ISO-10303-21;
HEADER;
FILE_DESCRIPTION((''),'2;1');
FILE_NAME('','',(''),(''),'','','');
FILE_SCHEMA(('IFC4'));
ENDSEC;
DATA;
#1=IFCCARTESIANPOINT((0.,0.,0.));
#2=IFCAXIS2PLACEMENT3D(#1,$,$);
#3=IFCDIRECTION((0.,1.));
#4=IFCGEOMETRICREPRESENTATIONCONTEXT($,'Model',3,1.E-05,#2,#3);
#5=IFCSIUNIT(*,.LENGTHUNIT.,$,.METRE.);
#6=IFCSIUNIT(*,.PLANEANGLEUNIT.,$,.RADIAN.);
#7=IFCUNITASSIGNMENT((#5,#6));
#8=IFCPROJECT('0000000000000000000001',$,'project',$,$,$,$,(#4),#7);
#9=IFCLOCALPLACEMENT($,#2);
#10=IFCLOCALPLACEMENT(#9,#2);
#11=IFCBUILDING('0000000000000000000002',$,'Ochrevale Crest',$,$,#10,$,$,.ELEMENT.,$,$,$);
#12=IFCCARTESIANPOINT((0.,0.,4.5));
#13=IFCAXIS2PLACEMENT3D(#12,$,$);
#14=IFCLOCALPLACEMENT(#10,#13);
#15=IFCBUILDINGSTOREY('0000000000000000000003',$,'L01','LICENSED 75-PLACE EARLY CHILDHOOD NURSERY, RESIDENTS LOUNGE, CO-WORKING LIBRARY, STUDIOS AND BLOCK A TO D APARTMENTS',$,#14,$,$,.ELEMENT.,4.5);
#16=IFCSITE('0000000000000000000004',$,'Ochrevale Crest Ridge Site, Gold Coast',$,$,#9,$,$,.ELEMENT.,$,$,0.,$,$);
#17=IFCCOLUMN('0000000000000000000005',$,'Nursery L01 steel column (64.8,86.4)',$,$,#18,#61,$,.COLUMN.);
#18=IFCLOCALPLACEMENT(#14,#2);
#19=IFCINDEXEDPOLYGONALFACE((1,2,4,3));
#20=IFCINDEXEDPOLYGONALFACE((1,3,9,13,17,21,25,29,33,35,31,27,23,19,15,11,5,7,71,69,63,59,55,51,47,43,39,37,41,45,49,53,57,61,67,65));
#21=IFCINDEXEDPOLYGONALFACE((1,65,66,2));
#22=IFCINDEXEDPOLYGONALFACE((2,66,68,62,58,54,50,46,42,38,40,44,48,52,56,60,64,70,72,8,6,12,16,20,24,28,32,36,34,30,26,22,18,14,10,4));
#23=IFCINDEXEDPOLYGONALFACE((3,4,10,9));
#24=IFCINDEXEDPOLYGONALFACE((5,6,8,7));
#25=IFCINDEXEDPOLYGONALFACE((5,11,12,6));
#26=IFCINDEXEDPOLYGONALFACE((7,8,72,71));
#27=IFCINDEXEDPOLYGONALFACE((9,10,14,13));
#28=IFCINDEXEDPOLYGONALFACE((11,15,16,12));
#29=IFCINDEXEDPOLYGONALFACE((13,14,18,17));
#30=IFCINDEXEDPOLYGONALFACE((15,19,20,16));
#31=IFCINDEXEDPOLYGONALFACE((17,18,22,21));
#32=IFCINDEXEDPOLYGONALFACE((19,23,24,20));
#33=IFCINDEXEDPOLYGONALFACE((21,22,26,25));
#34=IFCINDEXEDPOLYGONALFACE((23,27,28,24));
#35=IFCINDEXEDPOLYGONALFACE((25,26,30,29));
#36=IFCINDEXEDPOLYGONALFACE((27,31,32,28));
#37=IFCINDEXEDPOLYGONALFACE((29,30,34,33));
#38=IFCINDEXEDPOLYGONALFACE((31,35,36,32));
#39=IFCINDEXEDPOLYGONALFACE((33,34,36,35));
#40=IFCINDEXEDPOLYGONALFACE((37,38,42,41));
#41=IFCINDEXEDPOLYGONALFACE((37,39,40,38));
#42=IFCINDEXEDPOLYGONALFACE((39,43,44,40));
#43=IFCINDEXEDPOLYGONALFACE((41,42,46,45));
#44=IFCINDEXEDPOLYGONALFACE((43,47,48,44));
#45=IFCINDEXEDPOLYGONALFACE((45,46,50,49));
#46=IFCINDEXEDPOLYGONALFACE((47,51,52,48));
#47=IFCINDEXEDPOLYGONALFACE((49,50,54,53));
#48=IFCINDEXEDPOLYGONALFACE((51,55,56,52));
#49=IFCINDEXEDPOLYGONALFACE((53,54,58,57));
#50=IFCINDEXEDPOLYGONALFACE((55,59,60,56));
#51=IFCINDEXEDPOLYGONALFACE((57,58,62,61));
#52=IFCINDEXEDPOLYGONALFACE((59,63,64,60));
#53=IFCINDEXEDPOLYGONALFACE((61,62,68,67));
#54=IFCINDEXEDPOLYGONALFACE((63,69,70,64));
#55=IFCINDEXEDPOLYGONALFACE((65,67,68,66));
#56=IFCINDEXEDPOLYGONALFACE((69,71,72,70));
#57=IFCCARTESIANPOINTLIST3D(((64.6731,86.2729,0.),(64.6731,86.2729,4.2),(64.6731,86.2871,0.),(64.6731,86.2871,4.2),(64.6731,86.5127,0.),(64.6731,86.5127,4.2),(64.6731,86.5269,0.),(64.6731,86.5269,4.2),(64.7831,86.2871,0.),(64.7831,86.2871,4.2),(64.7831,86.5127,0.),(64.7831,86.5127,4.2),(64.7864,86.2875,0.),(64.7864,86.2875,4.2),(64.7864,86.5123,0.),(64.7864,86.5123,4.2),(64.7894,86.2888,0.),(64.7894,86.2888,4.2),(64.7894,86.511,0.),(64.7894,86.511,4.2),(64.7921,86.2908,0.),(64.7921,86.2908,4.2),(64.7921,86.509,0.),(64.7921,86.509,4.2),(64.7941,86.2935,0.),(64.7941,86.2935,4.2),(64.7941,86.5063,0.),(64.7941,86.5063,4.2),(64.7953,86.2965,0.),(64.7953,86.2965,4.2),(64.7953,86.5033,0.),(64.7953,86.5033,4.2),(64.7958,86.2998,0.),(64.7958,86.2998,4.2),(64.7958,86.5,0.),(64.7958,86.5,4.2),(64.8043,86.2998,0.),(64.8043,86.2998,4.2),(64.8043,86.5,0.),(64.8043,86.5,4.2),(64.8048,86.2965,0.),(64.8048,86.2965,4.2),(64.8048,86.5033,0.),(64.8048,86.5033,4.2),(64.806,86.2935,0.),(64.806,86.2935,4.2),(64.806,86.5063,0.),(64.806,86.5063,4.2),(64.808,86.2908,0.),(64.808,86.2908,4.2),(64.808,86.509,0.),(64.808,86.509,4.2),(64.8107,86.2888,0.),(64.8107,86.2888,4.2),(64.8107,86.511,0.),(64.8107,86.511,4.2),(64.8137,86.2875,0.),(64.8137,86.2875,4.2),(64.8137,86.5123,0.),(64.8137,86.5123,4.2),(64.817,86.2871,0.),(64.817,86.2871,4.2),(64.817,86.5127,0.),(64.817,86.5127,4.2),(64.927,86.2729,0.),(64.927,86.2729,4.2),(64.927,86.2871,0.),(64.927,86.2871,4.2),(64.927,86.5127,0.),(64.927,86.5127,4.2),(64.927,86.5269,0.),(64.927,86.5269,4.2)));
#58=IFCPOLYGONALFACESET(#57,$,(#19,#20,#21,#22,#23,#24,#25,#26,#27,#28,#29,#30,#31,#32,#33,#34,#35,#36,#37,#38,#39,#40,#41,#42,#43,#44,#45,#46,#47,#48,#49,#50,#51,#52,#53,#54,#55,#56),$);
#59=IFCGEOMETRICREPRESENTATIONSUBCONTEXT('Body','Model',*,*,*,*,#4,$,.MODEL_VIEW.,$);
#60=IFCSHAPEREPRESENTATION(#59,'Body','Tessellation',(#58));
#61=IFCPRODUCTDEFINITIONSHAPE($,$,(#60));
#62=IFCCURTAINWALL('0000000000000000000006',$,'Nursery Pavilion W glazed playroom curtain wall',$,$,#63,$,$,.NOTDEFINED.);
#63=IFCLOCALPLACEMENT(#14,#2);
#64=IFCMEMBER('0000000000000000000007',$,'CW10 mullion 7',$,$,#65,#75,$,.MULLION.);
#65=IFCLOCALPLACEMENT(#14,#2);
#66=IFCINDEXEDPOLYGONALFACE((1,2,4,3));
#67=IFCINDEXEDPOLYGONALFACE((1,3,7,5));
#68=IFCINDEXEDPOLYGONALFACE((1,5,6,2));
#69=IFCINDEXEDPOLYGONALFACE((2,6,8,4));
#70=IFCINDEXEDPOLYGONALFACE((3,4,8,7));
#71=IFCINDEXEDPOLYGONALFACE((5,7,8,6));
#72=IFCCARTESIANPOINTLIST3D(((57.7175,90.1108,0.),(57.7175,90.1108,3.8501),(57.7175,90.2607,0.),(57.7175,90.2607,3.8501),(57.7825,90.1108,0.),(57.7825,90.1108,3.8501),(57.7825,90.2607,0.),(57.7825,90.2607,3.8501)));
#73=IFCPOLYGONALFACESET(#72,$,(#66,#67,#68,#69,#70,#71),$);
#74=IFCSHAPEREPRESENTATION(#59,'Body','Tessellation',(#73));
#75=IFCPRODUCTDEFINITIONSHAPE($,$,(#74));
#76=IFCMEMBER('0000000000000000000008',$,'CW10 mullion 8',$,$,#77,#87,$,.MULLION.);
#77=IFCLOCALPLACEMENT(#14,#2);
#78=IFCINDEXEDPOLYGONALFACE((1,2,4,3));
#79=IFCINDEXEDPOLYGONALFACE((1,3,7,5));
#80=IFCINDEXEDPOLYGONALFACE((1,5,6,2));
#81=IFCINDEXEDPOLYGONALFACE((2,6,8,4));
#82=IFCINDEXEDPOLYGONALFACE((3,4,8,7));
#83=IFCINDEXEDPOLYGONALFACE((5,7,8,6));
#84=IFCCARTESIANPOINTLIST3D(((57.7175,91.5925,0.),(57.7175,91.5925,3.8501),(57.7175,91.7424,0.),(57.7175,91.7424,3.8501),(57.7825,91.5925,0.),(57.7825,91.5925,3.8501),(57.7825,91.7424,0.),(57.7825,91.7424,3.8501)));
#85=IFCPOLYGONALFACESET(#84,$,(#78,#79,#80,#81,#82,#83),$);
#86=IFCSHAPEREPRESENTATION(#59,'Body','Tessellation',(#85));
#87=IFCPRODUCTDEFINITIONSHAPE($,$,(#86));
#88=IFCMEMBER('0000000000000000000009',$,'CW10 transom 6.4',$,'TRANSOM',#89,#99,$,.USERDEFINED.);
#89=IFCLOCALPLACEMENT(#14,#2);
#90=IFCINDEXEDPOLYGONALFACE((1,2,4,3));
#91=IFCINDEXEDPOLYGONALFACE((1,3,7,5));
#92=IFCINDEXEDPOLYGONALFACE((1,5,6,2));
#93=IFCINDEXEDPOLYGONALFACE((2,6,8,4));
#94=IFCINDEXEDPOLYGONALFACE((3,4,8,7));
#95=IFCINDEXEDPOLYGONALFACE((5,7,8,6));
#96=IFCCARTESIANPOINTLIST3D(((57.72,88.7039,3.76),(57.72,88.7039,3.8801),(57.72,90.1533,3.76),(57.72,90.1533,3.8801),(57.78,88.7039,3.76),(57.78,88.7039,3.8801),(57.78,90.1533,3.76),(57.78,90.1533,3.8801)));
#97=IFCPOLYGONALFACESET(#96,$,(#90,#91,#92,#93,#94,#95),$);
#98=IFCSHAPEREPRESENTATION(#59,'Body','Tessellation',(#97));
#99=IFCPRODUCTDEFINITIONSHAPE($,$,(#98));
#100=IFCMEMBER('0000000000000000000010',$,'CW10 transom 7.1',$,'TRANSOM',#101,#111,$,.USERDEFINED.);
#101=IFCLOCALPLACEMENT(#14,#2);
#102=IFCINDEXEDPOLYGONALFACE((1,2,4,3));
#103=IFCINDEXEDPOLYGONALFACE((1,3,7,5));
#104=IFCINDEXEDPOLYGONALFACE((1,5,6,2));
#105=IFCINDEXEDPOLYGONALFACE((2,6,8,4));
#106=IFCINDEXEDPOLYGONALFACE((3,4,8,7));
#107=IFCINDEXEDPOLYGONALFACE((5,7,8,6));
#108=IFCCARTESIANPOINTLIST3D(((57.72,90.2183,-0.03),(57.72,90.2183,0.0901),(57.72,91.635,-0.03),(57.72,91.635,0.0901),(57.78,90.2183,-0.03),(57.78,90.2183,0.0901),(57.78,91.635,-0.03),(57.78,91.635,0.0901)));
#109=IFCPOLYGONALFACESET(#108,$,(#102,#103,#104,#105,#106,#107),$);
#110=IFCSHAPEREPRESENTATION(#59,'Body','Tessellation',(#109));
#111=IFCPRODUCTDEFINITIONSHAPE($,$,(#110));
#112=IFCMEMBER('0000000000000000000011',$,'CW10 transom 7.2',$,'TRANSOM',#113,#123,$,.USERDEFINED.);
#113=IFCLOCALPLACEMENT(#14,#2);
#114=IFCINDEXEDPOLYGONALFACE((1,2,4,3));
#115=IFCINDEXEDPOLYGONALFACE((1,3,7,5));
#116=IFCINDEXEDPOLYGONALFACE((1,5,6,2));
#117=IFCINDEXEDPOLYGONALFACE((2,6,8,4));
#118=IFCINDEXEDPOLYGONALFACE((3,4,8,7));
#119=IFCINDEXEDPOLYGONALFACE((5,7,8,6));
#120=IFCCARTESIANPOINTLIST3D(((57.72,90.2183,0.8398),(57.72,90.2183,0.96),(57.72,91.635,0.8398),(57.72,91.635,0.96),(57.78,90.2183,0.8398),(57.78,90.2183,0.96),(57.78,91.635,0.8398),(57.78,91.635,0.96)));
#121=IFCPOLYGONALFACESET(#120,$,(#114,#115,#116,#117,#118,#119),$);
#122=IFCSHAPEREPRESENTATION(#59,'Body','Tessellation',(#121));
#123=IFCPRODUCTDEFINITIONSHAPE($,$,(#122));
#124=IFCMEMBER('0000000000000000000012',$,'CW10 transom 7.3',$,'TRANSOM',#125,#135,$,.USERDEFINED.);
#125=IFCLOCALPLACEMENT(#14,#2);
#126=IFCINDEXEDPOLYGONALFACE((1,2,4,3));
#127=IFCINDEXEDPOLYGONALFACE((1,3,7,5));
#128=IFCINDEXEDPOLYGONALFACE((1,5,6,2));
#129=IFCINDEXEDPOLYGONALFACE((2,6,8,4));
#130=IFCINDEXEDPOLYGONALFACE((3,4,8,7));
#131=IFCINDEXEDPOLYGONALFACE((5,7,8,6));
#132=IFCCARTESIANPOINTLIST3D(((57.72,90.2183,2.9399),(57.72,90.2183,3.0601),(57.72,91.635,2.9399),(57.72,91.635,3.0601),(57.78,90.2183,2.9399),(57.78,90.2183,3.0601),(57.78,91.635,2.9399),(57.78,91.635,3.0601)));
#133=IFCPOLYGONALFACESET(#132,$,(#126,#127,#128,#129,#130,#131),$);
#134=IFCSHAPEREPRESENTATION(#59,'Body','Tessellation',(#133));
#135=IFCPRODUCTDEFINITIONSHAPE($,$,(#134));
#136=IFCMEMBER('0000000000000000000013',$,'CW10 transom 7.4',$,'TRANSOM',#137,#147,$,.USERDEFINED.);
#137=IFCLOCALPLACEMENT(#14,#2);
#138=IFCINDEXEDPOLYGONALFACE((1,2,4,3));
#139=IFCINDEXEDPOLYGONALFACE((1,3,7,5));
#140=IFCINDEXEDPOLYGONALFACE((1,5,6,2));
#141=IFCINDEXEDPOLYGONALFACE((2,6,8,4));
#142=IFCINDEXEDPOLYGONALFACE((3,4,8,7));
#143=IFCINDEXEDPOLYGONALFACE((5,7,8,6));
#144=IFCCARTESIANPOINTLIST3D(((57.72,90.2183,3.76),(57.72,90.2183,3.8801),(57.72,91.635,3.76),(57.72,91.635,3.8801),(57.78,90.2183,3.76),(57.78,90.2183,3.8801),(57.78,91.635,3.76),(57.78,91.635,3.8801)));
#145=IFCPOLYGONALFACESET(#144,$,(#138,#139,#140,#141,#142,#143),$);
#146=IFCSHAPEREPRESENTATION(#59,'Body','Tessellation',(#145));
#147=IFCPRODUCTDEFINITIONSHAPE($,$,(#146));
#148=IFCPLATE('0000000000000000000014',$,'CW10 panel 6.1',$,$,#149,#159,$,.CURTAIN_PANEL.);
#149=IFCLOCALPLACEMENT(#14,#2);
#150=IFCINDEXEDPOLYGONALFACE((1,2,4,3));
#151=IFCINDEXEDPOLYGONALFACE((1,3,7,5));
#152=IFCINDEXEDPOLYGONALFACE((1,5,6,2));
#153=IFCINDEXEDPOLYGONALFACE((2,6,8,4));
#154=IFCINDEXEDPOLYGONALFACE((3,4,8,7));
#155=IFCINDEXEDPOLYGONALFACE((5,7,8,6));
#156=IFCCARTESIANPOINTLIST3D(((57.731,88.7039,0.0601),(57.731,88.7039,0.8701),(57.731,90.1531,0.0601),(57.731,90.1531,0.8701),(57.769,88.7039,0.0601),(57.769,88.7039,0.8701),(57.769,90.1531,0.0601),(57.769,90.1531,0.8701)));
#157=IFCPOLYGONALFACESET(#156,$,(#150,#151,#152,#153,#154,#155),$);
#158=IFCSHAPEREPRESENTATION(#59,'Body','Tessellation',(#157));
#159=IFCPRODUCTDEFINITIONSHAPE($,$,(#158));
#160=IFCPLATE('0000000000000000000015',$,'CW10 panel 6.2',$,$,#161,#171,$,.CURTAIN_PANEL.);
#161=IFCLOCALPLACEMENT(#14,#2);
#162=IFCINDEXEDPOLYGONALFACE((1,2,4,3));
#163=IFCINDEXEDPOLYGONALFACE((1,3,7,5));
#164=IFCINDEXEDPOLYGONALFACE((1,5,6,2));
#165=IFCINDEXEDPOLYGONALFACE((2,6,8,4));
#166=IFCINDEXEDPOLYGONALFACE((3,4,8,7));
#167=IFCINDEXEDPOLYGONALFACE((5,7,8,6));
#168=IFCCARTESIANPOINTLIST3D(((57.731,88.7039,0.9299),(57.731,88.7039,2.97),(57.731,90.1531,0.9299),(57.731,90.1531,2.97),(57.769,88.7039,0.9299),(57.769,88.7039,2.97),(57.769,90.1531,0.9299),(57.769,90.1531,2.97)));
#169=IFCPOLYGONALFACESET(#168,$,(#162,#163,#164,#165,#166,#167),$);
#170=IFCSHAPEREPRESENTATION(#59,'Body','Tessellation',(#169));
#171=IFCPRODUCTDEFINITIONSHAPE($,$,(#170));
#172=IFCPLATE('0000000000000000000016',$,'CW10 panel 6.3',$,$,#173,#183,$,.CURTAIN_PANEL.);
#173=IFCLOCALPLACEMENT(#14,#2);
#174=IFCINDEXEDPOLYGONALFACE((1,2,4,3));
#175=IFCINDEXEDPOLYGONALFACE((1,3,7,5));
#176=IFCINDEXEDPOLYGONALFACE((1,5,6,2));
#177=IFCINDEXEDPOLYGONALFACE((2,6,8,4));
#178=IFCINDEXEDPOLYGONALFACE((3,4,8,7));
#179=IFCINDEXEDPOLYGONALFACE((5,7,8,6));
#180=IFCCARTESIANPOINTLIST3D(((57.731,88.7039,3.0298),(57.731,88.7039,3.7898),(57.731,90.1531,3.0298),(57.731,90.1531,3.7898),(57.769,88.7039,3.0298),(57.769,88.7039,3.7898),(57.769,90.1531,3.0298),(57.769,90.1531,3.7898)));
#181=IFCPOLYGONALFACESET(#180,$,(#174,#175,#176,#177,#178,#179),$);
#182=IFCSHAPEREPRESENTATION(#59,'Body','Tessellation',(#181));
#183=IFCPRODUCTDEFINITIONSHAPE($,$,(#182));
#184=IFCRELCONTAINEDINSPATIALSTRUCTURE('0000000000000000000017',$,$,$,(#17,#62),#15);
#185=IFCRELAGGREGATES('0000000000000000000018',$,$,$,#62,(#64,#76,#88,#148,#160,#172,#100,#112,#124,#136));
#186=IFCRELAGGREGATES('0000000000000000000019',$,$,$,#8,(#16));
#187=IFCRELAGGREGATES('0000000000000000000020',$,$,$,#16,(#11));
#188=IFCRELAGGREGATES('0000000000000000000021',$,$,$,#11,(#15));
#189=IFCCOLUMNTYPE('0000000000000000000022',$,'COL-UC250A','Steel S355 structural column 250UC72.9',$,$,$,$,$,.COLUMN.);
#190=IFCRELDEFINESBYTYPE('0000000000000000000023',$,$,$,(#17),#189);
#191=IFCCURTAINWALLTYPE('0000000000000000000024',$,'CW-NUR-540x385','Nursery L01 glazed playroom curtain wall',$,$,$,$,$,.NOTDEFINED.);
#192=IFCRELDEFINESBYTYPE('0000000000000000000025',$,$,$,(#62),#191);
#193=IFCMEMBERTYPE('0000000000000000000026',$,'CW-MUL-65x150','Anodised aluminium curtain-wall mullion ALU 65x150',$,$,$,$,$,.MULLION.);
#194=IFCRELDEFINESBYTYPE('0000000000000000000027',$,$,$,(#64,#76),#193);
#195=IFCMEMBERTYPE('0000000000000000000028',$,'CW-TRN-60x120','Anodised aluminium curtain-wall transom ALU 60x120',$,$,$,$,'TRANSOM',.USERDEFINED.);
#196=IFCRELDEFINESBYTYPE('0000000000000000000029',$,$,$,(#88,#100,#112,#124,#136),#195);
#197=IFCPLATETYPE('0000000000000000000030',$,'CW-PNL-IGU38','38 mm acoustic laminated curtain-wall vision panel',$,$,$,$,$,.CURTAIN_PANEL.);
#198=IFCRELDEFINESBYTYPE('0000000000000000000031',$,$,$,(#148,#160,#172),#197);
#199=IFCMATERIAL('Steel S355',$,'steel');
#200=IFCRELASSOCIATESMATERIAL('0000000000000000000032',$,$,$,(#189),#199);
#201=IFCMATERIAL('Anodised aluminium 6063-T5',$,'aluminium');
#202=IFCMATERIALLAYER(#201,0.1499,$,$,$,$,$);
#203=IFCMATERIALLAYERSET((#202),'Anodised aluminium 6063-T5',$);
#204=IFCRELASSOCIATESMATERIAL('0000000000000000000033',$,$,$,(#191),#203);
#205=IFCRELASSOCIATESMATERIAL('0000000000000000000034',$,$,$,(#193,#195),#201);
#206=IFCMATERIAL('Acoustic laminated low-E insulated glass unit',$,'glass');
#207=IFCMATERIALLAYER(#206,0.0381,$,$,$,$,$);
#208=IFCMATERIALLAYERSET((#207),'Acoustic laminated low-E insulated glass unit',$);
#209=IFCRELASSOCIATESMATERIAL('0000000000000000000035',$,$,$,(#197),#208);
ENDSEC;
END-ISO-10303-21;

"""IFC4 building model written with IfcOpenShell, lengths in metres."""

from ifc_helpers import new_model, si_unit, direction, frame, origin, origin_2d, place, context, subcontext, project, spatial, rectangle, i_section, extrude, material, layer, layer_set, material_profile, profile_set, type_object, element, aggregate, save


model = new_model("IFC4")

# Units and contexts
model_context = context("Model", 3, precision=1e-05, world=origin(), true_north=direction((0.0, 1.0)))
body_context = subcontext(model_context, "Body", "Model", "MODEL_VIEW")
ifc_project = project(units=[si_unit("LENGTHUNIT", "METRE"), si_unit("PLANEANGLEUNIT", "RADIAN")], contexts=[model_context])

# Site, building, storey
site_placement = place(None, origin())
site = spatial("IfcSite", under=ifc_project, at=site_placement, Name="Ochrevale Crest Ridge Site, Gold Coast", CompositionType="ELEMENT", RefElevation=0.0)
building_placement = place(site_placement, origin())
building = spatial("IfcBuilding", under=site, at=building_placement, Name="Ochrevale Crest", CompositionType="ELEMENT")
storey_placement = place(building_placement, frame((0.0, 0.0, 4.5)))
storey = spatial("IfcBuildingStorey", under=building, at=storey_placement, Name="L01", Description="LICENSED 75-PLACE EARLY CHILDHOOD NURSERY, RESIDENTS LOUNGE, CO-WORKING LIBRARY, STUDIOS AND BLOCK A TO D APARTMENTS", CompositionType="ELEMENT", Elevation=4.5)

# Column
ifc_material_1 = material(Name="Steel S355", Category="steel")
ifc_material_profile_1 = material_profile(ifc_material_1, i_section(OverallWidth=0.2539, OverallDepth=0.2539, WebThickness=0.0085, FlangeThickness=0.0142, FilletRadius=0.0127, at=origin_2d()), Name="250UC72.9")
ifc_profile_set_1 = profile_set([ifc_material_profile_1], Name="Steel S355")
column_type = type_object("IfcColumnType", Name="COL-UC250A", Description="Steel S355 structural column 250UC72.9", PredefinedType="COLUMN", material=ifc_profile_set_1)
column_placement = place(storey_placement, frame((64.8, 86.3999, 0.0), z_axis=(0.0, 0.0, 1.0), x_axis=(1.0, 0.0, 0.0)))
element("IfcColumn", 1, at=column_placement, inside=storey, type_object=column_type, Name="Nursery L01 steel column (64.8,86.4)", PredefinedType="COLUMN", context=body_context, shape_type="SweptSolid", body=[
    extrude(i_section(OverallWidth=0.2539, OverallDepth=0.2539, WebThickness=0.0085, FlangeThickness=0.0142, FilletRadius=0.0127, at=origin_2d()), origin(), (0.0, 0.0, 1.0), 4.2),
])

# Curtain wall, members, plates
ifc_material_2 = material(Name="Anodised aluminium 6063-T5", Category="aluminium")
ifc_layer_1 = layer(ifc_material_2, 0.1499)
ifc_layer_set_1 = layer_set([ifc_layer_1], Name="Anodised aluminium 6063-T5")
curtain_wall_type = type_object("IfcCurtainWallType", Name="CW-NUR-540x385", Description="Nursery L01 glazed playroom curtain wall", PredefinedType="NOTDEFINED", material=ifc_layer_set_1)
curtain_wall_placement = place(storey_placement, origin())
curtain_wall = element("IfcCurtainWall", 2, at=curtain_wall_placement, inside=storey, type_object=curtain_wall_type, Name="Nursery Pavilion W glazed playroom curtain wall", PredefinedType="NOTDEFINED")
ifc_material_profile_2 = material_profile(ifc_material_2, rectangle(XDim=0.0649, YDim=0.1499, at=origin_2d()), Name="ALU 65x150")
ifc_profile_set_2 = profile_set([ifc_material_profile_2], Name="Anodised aluminium 6063-T5")
member_type_1 = type_object("IfcMemberType", Name="CW-MUL-65x150", Description="Anodised aluminium curtain-wall mullion ALU 65x150", PredefinedType="MULLION", material=ifc_profile_set_2)
member_1_placement = place(storey_placement, frame((57.75, 90.1858, 0.0), z_axis=(0.0, 0.0, 1.0), x_axis=(-1.0, 0.0, 0.0)))
member_1 = element("IfcMember", 3, at=member_1_placement, type_object=member_type_1, Name="CW10 mullion 7", PredefinedType="MULLION", context=body_context, shape_type="SweptSolid", body=[
    extrude(rectangle(XDim=0.0649, YDim=0.1499, at=origin_2d()), origin(), (0.0, 0.0, 1.0), 3.8501),
])
member_2_placement = place(storey_placement, frame((57.75, 91.6675, 0.0), z_axis=(0.0, 0.0, 1.0), x_axis=(-1.0, 0.0, 0.0)))
member_2 = element("IfcMember", 4, at=member_2_placement, type_object=member_type_1, Name="CW10 mullion 8", PredefinedType="MULLION", context=body_context, shape_type="SweptSolid", body=[
    extrude(rectangle(XDim=0.0649, YDim=0.1499, at=origin_2d()), origin(), (0.0, 0.0, 1.0), 3.8501),
])
ifc_material_profile_3 = material_profile(ifc_material_2, rectangle(XDim=0.0601, YDim=0.1201, at=origin_2d()), Name="ALU 60x120")
ifc_profile_set_3 = profile_set([ifc_material_profile_3], Name="Anodised aluminium 6063-T5")
member_type_2 = type_object("IfcMemberType", Name="CW-TRN-60x120", Description="Anodised aluminium curtain-wall transom ALU 60x120", ElementType="TRANSOM", PredefinedType="USERDEFINED", material=ifc_profile_set_3)
member_3_placement = place(storey_placement, frame((57.75, 88.7039, 3.8201), z_axis=(0.0, 1.0, 0.0), x_axis=(-1.0, 0.0, 0.0)))
member_3 = element("IfcMember", 5, at=member_3_placement, type_object=member_type_2, Name="CW10 transom 6.4", ObjectType="TRANSOM", PredefinedType="USERDEFINED", context=body_context, shape_type="SweptSolid", body=[
    extrude(rectangle(XDim=0.0601, YDim=0.1201, at=origin_2d()), origin(), (0.0, 0.0, 1.0), 1.4495),
])
member_4_placement = place(storey_placement, frame((57.75, 90.2183, 0.03), z_axis=(0.0, 1.0, 0.0), x_axis=(-1.0, 0.0, 0.0)))
member_4 = element("IfcMember", 6, at=member_4_placement, type_object=member_type_2, Name="CW10 transom 7.1", ObjectType="TRANSOM", PredefinedType="USERDEFINED", context=body_context, shape_type="SweptSolid", body=[
    extrude(rectangle(XDim=0.0601, YDim=0.1201, at=origin_2d()), origin(), (0.0, 0.0, 1.0), 1.4167),
])
member_5_placement = place(storey_placement, frame((57.75, 90.2183, 0.8999), z_axis=(0.0, 1.0, 0.0), x_axis=(-1.0, 0.0, 0.0)))
member_5 = element("IfcMember", 7, at=member_5_placement, type_object=member_type_2, Name="CW10 transom 7.2", ObjectType="TRANSOM", PredefinedType="USERDEFINED", context=body_context, shape_type="SweptSolid", body=[
    extrude(rectangle(XDim=0.0601, YDim=0.1201, at=origin_2d()), origin(), (0.0, 0.0, 1.0), 1.4167),
])
member_6_placement = place(storey_placement, frame((57.75, 90.2183, 3.0), z_axis=(0.0, 1.0, 0.0), x_axis=(-1.0, 0.0, 0.0)))
member_6 = element("IfcMember", 8, at=member_6_placement, type_object=member_type_2, Name="CW10 transom 7.3", ObjectType="TRANSOM", PredefinedType="USERDEFINED", context=body_context, shape_type="SweptSolid", body=[
    extrude(rectangle(XDim=0.0601, YDim=0.1201, at=origin_2d()), origin(), (0.0, 0.0, 1.0), 1.4167),
])
member_7_placement = place(storey_placement, frame((57.75, 90.2183, 3.8201), z_axis=(0.0, 1.0, 0.0), x_axis=(-1.0, 0.0, 0.0)))
member_7 = element("IfcMember", 9, at=member_7_placement, type_object=member_type_2, Name="CW10 transom 7.4", ObjectType="TRANSOM", PredefinedType="USERDEFINED", context=body_context, shape_type="SweptSolid", body=[
    extrude(rectangle(XDim=0.0601, YDim=0.1201, at=origin_2d()), origin(), (0.0, 0.0, 1.0), 1.4167),
])
ifc_material_3 = material(Name="Acoustic laminated low-E insulated glass unit", Category="glass")
ifc_layer_2 = layer(ifc_material_3, 0.0381)
ifc_layer_set_2 = layer_set([ifc_layer_2], Name="Acoustic laminated low-E insulated glass unit")
plate_type = type_object("IfcPlateType", Name="CW-PNL-IGU38", Description="38 mm acoustic laminated curtain-wall vision panel", PredefinedType="CURTAIN_PANEL", material=ifc_layer_set_2)
plate_1_placement = place(storey_placement, frame((57.75, 89.4285, 0.0601), z_axis=(0.0, 0.0, 1.0), x_axis=(0.0, 1.0, 0.0)))
plate_1 = element("IfcPlate", 10, at=plate_1_placement, type_object=plate_type, Name="CW10 panel 6.1", PredefinedType="CURTAIN_PANEL", context=body_context, shape_type="SweptSolid", body=[
    extrude(rectangle(XDim=1.4492, YDim=0.0381, at=origin_2d()), origin(), (0.0, 0.0, 1.0), 0.8101),
])
plate_2_placement = place(storey_placement, frame((57.75, 89.4285, 0.9299), z_axis=(0.0, 0.0, 1.0), x_axis=(0.0, 1.0, 0.0)))
plate_2 = element("IfcPlate", 11, at=plate_2_placement, type_object=plate_type, Name="CW10 panel 6.2", PredefinedType="CURTAIN_PANEL", context=body_context, shape_type="SweptSolid", body=[
    extrude(rectangle(XDim=1.4492, YDim=0.0381, at=origin_2d()), origin(), (0.0, 0.0, 1.0), 2.04),
])
plate_3_placement = place(storey_placement, frame((57.75, 89.4285, 3.0298), z_axis=(0.0, 0.0, 1.0), x_axis=(0.0, 1.0, 0.0)))
plate_3 = element("IfcPlate", 12, at=plate_3_placement, type_object=plate_type, Name="CW10 panel 6.3", PredefinedType="CURTAIN_PANEL", context=body_context, shape_type="SweptSolid", body=[
    extrude(rectangle(XDim=1.4492, YDim=0.0381, at=origin_2d()), origin(), (0.0, 0.0, 1.0), 0.76),
])
aggregate(curtain_wall, [member_1, member_2, member_3, plate_1, plate_2, plate_3, member_4, member_5, member_6, member_7])

save(model, "model.ifc")
